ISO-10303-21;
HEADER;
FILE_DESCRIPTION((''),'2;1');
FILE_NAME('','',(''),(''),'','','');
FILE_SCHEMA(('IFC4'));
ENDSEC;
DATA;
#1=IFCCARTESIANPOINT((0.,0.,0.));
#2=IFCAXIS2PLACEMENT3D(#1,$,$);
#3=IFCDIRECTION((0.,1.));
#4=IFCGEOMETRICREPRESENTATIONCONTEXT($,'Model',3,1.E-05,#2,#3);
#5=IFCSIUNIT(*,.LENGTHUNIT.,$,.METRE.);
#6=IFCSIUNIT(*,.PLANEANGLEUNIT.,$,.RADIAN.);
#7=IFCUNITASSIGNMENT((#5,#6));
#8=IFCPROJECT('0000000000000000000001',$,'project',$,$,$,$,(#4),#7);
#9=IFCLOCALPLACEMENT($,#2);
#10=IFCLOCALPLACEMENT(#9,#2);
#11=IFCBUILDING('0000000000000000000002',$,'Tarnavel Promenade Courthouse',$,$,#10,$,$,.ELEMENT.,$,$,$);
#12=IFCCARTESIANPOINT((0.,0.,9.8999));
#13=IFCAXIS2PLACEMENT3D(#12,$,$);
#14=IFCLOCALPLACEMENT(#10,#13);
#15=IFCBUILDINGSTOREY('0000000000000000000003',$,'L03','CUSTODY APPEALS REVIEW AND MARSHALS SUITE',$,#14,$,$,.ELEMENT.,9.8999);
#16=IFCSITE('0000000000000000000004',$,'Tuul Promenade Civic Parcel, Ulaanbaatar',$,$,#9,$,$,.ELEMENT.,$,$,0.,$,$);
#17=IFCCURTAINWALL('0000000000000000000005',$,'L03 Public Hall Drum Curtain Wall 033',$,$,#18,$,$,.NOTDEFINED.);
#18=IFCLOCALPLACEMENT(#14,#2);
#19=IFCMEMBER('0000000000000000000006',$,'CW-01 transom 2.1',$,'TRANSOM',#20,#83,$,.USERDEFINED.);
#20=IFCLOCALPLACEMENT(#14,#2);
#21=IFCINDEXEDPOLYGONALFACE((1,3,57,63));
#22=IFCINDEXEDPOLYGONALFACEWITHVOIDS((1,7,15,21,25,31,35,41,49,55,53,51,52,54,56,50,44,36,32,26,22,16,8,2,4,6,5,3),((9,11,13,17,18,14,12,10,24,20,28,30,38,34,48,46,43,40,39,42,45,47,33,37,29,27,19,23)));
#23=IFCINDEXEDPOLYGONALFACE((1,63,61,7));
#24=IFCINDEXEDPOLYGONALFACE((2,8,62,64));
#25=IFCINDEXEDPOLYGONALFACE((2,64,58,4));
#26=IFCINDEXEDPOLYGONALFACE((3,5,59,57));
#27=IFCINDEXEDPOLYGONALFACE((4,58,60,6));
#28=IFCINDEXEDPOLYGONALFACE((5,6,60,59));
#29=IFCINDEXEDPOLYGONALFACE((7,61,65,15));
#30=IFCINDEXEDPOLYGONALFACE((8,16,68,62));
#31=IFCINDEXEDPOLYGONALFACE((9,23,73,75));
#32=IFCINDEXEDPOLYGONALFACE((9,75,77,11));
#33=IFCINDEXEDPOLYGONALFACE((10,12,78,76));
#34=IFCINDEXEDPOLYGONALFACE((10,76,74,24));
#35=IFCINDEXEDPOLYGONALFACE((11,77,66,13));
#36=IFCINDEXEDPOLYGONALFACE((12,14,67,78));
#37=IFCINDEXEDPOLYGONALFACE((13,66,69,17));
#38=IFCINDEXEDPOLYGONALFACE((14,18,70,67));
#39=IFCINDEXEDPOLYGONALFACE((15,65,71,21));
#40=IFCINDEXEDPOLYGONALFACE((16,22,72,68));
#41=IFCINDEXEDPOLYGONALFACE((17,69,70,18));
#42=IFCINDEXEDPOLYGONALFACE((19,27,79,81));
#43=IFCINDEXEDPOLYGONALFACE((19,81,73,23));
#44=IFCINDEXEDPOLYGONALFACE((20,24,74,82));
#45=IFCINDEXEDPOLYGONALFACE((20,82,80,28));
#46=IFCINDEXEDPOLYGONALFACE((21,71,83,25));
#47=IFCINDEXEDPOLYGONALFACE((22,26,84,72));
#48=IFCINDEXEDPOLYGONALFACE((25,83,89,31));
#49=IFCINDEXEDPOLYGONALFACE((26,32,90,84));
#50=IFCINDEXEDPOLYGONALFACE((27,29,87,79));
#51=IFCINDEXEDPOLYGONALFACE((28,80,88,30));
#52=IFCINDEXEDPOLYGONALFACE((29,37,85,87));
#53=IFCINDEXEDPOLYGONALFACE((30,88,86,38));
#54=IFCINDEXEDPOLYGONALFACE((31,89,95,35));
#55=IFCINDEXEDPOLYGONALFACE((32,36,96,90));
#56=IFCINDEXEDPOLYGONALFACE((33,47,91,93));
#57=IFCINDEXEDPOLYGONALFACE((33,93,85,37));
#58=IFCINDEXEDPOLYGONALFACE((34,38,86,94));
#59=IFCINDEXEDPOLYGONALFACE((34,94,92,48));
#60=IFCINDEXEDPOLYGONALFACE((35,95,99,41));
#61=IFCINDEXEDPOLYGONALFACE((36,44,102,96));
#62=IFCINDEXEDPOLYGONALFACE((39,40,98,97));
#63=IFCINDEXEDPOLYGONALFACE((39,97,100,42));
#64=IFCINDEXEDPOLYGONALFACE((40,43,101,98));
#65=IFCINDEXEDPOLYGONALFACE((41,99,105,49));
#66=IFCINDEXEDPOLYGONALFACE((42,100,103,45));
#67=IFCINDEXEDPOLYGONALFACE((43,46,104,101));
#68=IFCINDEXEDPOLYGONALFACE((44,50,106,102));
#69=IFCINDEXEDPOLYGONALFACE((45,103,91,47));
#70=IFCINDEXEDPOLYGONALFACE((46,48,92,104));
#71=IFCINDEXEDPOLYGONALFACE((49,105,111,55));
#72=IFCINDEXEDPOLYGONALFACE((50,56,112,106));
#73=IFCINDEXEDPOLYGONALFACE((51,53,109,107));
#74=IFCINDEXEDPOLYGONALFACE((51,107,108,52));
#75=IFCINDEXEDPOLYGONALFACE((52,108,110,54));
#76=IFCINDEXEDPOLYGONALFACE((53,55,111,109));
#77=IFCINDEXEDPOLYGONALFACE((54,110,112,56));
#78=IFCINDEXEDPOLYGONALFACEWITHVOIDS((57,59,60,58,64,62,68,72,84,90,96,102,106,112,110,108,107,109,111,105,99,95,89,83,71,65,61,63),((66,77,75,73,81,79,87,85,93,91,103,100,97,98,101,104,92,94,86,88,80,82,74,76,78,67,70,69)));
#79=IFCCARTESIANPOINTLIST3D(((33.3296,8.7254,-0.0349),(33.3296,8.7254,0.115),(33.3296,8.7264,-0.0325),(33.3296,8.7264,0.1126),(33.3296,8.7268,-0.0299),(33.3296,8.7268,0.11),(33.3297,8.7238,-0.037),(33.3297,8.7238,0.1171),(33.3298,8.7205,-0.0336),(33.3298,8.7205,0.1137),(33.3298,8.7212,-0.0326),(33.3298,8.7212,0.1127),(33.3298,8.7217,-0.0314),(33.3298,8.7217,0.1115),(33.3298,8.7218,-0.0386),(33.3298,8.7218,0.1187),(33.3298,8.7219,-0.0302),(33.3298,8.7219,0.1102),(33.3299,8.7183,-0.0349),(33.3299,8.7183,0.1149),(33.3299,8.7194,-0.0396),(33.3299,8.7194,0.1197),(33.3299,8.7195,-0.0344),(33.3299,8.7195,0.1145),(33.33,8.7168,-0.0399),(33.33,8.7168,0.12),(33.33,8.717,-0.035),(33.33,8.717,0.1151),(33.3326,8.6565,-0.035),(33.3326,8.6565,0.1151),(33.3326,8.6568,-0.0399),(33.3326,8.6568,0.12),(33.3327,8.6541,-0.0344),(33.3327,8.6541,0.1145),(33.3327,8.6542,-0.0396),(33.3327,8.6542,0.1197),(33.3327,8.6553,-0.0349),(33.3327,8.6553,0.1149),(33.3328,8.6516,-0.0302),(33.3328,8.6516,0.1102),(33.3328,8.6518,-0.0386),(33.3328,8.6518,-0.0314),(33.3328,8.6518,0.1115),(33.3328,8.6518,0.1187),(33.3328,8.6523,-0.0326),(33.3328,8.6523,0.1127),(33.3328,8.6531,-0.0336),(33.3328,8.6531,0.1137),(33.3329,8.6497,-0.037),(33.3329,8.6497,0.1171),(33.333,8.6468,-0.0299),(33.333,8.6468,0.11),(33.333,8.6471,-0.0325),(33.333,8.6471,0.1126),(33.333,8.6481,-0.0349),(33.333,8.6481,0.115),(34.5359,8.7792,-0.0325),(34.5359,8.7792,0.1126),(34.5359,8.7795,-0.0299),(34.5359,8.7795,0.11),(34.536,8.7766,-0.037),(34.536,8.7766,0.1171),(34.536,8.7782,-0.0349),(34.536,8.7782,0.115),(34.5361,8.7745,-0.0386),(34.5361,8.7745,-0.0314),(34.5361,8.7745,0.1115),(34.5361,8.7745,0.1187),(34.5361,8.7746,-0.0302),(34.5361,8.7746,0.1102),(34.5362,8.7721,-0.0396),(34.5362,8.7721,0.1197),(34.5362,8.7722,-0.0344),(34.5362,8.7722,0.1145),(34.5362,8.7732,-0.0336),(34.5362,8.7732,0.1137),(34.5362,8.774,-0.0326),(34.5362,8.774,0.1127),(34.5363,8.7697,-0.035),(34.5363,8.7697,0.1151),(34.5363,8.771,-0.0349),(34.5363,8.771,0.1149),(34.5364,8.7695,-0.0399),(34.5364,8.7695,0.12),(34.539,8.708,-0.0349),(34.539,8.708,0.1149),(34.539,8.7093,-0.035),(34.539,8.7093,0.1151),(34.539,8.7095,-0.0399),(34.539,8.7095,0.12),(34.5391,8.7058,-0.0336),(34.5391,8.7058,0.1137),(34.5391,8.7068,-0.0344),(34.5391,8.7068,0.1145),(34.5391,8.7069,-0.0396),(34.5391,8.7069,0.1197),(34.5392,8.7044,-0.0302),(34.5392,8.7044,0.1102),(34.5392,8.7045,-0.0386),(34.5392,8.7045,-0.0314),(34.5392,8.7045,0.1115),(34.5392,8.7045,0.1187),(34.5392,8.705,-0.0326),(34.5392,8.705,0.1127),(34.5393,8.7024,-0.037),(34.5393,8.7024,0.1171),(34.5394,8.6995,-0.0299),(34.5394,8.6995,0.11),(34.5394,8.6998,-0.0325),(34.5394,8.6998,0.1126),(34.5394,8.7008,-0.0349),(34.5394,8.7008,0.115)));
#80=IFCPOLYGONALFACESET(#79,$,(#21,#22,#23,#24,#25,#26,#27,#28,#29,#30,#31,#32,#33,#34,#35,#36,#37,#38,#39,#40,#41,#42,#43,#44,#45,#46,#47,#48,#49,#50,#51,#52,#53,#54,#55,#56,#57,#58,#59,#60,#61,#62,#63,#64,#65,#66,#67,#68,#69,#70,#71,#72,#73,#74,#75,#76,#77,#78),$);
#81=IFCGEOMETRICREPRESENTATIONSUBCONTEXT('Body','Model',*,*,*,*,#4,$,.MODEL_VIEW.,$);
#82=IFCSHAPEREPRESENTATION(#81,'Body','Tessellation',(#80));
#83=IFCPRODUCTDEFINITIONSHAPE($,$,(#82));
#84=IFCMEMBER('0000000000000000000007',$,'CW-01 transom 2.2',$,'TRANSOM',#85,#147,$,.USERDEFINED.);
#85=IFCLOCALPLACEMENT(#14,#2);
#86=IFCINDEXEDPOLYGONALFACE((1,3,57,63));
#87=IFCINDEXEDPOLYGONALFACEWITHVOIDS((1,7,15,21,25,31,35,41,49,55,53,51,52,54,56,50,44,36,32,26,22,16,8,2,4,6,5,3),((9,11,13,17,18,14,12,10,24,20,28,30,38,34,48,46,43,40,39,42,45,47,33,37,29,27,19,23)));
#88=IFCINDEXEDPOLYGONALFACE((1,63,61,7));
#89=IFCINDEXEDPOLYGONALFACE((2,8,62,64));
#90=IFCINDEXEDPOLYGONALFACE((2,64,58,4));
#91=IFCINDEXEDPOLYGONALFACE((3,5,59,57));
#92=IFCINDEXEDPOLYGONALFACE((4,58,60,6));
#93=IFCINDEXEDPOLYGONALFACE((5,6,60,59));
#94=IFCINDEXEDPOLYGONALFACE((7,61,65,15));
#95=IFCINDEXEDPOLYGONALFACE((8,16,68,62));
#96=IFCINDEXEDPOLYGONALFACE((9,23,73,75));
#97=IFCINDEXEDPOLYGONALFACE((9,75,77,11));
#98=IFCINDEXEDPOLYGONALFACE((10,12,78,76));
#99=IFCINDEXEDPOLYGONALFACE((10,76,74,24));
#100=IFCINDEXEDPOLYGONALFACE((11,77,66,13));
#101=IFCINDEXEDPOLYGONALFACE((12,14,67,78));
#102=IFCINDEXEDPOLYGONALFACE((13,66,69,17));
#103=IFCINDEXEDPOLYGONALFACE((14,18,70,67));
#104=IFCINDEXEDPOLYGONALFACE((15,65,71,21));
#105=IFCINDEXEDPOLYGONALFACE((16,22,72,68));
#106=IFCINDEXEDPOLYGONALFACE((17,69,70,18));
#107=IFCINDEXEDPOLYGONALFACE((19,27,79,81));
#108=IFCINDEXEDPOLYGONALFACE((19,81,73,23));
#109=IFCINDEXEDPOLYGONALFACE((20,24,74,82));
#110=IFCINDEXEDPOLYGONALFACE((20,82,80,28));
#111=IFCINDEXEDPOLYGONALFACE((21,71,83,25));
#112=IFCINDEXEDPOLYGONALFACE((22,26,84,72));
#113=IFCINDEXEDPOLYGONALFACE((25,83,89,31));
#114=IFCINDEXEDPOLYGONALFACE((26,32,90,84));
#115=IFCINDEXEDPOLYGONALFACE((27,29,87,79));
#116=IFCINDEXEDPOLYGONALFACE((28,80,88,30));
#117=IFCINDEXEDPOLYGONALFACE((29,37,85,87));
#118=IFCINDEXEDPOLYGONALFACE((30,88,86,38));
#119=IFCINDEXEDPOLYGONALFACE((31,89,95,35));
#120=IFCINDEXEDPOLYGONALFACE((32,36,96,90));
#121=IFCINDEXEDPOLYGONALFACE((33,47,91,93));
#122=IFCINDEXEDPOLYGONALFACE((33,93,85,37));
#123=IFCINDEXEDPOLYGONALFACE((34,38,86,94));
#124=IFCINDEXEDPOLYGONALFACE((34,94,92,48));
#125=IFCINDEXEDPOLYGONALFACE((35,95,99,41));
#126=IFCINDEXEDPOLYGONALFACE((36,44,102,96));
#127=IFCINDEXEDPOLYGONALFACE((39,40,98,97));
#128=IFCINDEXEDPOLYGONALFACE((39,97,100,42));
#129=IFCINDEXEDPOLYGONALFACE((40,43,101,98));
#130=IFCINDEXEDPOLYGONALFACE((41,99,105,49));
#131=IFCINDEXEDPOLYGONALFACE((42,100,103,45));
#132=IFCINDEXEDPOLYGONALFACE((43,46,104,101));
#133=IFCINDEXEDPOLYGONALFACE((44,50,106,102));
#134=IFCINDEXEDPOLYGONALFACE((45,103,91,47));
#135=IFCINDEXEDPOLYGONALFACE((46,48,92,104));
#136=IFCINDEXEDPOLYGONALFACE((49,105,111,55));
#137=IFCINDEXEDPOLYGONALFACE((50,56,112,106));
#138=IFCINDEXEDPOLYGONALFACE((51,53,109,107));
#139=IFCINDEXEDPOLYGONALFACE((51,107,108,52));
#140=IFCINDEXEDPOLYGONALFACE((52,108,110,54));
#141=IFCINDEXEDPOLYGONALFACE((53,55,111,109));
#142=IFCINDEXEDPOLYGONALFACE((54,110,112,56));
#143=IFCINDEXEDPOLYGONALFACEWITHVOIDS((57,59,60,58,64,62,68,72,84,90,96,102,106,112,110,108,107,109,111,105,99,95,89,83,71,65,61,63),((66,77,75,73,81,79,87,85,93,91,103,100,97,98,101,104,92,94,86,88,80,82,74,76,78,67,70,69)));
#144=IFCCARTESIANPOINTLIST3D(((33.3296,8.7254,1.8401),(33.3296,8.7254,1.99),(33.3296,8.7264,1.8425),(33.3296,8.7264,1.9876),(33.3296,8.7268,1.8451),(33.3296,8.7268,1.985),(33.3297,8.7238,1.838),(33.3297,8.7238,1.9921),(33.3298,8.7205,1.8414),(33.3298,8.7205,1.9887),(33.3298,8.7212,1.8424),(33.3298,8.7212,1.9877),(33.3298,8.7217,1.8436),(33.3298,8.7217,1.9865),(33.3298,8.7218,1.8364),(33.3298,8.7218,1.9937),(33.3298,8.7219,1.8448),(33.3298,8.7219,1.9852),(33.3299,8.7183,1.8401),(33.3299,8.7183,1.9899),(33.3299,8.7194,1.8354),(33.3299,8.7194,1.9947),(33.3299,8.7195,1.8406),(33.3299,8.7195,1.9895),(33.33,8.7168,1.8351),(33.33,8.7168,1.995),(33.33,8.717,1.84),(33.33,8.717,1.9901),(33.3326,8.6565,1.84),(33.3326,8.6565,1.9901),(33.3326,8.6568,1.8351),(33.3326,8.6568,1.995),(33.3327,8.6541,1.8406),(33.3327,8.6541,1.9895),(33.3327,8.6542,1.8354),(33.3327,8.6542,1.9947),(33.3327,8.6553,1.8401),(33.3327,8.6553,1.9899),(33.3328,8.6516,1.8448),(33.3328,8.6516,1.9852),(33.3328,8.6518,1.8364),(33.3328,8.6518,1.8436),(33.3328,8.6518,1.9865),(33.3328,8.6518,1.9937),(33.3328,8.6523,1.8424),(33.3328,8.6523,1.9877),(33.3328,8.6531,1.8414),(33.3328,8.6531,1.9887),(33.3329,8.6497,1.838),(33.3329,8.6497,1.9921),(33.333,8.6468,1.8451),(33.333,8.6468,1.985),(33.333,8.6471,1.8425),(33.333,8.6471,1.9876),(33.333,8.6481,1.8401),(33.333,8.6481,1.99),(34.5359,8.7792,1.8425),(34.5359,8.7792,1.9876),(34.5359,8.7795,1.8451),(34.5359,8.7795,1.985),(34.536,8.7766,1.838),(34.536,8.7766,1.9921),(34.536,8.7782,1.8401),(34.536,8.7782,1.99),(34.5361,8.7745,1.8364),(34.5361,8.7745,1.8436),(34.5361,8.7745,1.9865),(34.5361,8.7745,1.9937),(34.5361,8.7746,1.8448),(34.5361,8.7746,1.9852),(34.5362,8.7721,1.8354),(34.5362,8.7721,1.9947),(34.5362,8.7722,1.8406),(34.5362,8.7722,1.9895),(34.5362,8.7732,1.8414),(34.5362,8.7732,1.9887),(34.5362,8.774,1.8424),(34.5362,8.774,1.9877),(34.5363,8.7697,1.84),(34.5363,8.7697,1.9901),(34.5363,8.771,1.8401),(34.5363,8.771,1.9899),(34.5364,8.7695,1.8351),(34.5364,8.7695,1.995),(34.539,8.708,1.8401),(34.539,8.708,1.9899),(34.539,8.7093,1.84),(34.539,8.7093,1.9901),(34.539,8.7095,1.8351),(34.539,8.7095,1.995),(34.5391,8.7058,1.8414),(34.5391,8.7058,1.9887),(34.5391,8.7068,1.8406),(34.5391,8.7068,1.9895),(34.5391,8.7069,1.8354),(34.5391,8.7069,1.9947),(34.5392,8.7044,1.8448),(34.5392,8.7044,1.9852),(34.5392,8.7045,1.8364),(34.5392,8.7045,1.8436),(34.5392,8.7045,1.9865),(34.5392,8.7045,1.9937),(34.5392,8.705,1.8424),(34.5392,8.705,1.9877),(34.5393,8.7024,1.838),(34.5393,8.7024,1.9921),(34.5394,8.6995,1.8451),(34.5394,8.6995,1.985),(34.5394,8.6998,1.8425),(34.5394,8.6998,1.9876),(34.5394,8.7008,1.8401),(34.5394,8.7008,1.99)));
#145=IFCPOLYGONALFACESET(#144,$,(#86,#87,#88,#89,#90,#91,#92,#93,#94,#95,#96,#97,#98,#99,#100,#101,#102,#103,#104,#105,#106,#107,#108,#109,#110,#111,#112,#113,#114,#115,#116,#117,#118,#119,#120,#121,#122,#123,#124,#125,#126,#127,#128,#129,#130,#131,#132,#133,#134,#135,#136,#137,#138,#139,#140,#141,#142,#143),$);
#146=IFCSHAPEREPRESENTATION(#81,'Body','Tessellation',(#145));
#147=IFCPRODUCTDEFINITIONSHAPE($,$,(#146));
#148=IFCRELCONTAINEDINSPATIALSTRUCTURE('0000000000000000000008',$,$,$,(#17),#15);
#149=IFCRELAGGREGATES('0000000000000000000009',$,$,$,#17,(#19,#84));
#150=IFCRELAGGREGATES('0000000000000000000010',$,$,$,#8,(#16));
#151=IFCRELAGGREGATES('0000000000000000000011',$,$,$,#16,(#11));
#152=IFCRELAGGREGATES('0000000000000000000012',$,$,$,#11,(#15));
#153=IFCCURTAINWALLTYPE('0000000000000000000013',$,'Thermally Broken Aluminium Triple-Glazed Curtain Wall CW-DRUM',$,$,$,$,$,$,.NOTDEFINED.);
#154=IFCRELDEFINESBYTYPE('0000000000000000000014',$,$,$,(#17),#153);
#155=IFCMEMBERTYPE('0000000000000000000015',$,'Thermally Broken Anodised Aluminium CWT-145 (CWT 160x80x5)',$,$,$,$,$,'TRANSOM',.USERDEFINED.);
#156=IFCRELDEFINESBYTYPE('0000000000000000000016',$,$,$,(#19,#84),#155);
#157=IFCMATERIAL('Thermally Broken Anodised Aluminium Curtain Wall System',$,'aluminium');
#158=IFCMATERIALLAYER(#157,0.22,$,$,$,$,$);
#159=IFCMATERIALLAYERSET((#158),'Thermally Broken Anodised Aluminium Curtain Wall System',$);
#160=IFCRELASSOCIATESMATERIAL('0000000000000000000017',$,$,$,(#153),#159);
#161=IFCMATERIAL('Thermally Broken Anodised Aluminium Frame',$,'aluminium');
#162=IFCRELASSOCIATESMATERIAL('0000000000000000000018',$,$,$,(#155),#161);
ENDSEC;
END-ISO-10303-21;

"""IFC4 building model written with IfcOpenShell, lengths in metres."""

from ifc_helpers import new_model, si_unit, direction, frame, origin, origin_2d, place, context, subcontext, project, spatial, hollow_rectangle, extrude, material, layer, layer_set, material_profile, profile_set, type_object, element, aggregate, save


model = new_model("IFC4")

# Units and contexts
model_context = context("Model", 3, precision=1e-05, world=origin(), true_north=direction((0.0, 1.0)))
body_context = subcontext(model_context, "Body", "Model", "MODEL_VIEW")
ifc_project = project(units=[si_unit("LENGTHUNIT", "METRE"), si_unit("PLANEANGLEUNIT", "RADIAN")], contexts=[model_context])

# Site, building, storey
site_placement = place(None, origin())
site = spatial("IfcSite", under=ifc_project, at=site_placement, Name="Tuul Promenade Civic Parcel, Ulaanbaatar", CompositionType="ELEMENT", RefElevation=0.0)
building_placement = place(site_placement, origin())
building = spatial("IfcBuilding", under=site, at=building_placement, Name="Tarnavel Promenade Courthouse", CompositionType="ELEMENT")
storey_placement = place(building_placement, frame((0.0, 0.0, 9.8999)))
storey = spatial("IfcBuildingStorey", under=building, at=storey_placement, Name="L03", Description="CUSTODY APPEALS REVIEW AND MARSHALS SUITE", CompositionType="ELEMENT", Elevation=9.8999)

# Curtain wall
ifc_material_1 = material(Name="Thermally Broken Anodised Aluminium Curtain Wall System", Category="aluminium")
ifc_layer_1 = layer(ifc_material_1, 0.22)
ifc_layer_set_1 = layer_set([ifc_layer_1], Name="Thermally Broken Anodised Aluminium Curtain Wall System")
curtain_wall_type = type_object("IfcCurtainWallType", Name="Thermally Broken Aluminium Triple-Glazed Curtain Wall CW-DRUM", PredefinedType="NOTDEFINED", material=ifc_layer_set_1)
curtain_wall_1_placement = place(storey_placement, origin())
curtain_wall_1 = element("IfcCurtainWall", 1, at=curtain_wall_1_placement, inside=storey, type_object=curtain_wall_type, Name="L03 Public Hall Drum Curtain Wall 033", PredefinedType="NOTDEFINED")
ifc_material_2 = material(Name="Thermally Broken Anodised Aluminium Frame", Category="aluminium")

# Members
ifc_material_profile_1 = material_profile(ifc_material_2, hollow_rectangle(XDim=0.0801, YDim=0.1599, WallThickness=0.0049, InnerFilletRadius=0.0049, OuterFilletRadius=0.01, at=origin_2d()), Name="CWT 160x80x5")
ifc_profile_set_1 = profile_set([ifc_material_profile_1], Name="Thermally Broken Anodised Aluminium Frame")
member_type_1 = type_object("IfcMemberType", Name="Thermally Broken Anodised Aluminium CWT-145 (CWT 160x80x5)", ElementType="TRANSOM", PredefinedType="USERDEFINED", material=ifc_profile_set_1)
member_1_placement = place(storey_placement, frame((33.3313, 8.6868, 0.04), z_axis=(0.999046, 0.043674, 0.0), x_axis=(-0.043674, 0.999046, 0.0)))
member_1 = element("IfcMember", 2, at=member_1_placement, type_object=member_type_1, Name="CW-01 transom 2.1", ObjectType="TRANSOM", PredefinedType="USERDEFINED", context=body_context, shape_type="SweptSolid", body=[
    extrude(hollow_rectangle(XDim=0.0801, YDim=0.1599, WallThickness=0.0049, InnerFilletRadius=0.0049, OuterFilletRadius=0.01, at=origin_2d()), origin(), (0.0, 0.0, 1.0), 1.2075),
])
member_2_placement = place(storey_placement, frame((33.3313, 8.6868, 1.915), z_axis=(0.999046, 0.043674, 0.0), x_axis=(-0.043674, 0.999046, 0.0)))
member_2 = element("IfcMember", 3, at=member_2_placement, type_object=member_type_1, Name="CW-01 transom 2.2", ObjectType="TRANSOM", PredefinedType="USERDEFINED", context=body_context, shape_type="SweptSolid", body=[
    extrude(hollow_rectangle(XDim=0.0801, YDim=0.1599, WallThickness=0.0049, InnerFilletRadius=0.0049, OuterFilletRadius=0.01, at=origin_2d()), origin(), (0.0, 0.0, 1.0), 1.2075),
])

aggregate(curtain_wall_1, [member_1, member_2])

save(model, "model.ifc")
